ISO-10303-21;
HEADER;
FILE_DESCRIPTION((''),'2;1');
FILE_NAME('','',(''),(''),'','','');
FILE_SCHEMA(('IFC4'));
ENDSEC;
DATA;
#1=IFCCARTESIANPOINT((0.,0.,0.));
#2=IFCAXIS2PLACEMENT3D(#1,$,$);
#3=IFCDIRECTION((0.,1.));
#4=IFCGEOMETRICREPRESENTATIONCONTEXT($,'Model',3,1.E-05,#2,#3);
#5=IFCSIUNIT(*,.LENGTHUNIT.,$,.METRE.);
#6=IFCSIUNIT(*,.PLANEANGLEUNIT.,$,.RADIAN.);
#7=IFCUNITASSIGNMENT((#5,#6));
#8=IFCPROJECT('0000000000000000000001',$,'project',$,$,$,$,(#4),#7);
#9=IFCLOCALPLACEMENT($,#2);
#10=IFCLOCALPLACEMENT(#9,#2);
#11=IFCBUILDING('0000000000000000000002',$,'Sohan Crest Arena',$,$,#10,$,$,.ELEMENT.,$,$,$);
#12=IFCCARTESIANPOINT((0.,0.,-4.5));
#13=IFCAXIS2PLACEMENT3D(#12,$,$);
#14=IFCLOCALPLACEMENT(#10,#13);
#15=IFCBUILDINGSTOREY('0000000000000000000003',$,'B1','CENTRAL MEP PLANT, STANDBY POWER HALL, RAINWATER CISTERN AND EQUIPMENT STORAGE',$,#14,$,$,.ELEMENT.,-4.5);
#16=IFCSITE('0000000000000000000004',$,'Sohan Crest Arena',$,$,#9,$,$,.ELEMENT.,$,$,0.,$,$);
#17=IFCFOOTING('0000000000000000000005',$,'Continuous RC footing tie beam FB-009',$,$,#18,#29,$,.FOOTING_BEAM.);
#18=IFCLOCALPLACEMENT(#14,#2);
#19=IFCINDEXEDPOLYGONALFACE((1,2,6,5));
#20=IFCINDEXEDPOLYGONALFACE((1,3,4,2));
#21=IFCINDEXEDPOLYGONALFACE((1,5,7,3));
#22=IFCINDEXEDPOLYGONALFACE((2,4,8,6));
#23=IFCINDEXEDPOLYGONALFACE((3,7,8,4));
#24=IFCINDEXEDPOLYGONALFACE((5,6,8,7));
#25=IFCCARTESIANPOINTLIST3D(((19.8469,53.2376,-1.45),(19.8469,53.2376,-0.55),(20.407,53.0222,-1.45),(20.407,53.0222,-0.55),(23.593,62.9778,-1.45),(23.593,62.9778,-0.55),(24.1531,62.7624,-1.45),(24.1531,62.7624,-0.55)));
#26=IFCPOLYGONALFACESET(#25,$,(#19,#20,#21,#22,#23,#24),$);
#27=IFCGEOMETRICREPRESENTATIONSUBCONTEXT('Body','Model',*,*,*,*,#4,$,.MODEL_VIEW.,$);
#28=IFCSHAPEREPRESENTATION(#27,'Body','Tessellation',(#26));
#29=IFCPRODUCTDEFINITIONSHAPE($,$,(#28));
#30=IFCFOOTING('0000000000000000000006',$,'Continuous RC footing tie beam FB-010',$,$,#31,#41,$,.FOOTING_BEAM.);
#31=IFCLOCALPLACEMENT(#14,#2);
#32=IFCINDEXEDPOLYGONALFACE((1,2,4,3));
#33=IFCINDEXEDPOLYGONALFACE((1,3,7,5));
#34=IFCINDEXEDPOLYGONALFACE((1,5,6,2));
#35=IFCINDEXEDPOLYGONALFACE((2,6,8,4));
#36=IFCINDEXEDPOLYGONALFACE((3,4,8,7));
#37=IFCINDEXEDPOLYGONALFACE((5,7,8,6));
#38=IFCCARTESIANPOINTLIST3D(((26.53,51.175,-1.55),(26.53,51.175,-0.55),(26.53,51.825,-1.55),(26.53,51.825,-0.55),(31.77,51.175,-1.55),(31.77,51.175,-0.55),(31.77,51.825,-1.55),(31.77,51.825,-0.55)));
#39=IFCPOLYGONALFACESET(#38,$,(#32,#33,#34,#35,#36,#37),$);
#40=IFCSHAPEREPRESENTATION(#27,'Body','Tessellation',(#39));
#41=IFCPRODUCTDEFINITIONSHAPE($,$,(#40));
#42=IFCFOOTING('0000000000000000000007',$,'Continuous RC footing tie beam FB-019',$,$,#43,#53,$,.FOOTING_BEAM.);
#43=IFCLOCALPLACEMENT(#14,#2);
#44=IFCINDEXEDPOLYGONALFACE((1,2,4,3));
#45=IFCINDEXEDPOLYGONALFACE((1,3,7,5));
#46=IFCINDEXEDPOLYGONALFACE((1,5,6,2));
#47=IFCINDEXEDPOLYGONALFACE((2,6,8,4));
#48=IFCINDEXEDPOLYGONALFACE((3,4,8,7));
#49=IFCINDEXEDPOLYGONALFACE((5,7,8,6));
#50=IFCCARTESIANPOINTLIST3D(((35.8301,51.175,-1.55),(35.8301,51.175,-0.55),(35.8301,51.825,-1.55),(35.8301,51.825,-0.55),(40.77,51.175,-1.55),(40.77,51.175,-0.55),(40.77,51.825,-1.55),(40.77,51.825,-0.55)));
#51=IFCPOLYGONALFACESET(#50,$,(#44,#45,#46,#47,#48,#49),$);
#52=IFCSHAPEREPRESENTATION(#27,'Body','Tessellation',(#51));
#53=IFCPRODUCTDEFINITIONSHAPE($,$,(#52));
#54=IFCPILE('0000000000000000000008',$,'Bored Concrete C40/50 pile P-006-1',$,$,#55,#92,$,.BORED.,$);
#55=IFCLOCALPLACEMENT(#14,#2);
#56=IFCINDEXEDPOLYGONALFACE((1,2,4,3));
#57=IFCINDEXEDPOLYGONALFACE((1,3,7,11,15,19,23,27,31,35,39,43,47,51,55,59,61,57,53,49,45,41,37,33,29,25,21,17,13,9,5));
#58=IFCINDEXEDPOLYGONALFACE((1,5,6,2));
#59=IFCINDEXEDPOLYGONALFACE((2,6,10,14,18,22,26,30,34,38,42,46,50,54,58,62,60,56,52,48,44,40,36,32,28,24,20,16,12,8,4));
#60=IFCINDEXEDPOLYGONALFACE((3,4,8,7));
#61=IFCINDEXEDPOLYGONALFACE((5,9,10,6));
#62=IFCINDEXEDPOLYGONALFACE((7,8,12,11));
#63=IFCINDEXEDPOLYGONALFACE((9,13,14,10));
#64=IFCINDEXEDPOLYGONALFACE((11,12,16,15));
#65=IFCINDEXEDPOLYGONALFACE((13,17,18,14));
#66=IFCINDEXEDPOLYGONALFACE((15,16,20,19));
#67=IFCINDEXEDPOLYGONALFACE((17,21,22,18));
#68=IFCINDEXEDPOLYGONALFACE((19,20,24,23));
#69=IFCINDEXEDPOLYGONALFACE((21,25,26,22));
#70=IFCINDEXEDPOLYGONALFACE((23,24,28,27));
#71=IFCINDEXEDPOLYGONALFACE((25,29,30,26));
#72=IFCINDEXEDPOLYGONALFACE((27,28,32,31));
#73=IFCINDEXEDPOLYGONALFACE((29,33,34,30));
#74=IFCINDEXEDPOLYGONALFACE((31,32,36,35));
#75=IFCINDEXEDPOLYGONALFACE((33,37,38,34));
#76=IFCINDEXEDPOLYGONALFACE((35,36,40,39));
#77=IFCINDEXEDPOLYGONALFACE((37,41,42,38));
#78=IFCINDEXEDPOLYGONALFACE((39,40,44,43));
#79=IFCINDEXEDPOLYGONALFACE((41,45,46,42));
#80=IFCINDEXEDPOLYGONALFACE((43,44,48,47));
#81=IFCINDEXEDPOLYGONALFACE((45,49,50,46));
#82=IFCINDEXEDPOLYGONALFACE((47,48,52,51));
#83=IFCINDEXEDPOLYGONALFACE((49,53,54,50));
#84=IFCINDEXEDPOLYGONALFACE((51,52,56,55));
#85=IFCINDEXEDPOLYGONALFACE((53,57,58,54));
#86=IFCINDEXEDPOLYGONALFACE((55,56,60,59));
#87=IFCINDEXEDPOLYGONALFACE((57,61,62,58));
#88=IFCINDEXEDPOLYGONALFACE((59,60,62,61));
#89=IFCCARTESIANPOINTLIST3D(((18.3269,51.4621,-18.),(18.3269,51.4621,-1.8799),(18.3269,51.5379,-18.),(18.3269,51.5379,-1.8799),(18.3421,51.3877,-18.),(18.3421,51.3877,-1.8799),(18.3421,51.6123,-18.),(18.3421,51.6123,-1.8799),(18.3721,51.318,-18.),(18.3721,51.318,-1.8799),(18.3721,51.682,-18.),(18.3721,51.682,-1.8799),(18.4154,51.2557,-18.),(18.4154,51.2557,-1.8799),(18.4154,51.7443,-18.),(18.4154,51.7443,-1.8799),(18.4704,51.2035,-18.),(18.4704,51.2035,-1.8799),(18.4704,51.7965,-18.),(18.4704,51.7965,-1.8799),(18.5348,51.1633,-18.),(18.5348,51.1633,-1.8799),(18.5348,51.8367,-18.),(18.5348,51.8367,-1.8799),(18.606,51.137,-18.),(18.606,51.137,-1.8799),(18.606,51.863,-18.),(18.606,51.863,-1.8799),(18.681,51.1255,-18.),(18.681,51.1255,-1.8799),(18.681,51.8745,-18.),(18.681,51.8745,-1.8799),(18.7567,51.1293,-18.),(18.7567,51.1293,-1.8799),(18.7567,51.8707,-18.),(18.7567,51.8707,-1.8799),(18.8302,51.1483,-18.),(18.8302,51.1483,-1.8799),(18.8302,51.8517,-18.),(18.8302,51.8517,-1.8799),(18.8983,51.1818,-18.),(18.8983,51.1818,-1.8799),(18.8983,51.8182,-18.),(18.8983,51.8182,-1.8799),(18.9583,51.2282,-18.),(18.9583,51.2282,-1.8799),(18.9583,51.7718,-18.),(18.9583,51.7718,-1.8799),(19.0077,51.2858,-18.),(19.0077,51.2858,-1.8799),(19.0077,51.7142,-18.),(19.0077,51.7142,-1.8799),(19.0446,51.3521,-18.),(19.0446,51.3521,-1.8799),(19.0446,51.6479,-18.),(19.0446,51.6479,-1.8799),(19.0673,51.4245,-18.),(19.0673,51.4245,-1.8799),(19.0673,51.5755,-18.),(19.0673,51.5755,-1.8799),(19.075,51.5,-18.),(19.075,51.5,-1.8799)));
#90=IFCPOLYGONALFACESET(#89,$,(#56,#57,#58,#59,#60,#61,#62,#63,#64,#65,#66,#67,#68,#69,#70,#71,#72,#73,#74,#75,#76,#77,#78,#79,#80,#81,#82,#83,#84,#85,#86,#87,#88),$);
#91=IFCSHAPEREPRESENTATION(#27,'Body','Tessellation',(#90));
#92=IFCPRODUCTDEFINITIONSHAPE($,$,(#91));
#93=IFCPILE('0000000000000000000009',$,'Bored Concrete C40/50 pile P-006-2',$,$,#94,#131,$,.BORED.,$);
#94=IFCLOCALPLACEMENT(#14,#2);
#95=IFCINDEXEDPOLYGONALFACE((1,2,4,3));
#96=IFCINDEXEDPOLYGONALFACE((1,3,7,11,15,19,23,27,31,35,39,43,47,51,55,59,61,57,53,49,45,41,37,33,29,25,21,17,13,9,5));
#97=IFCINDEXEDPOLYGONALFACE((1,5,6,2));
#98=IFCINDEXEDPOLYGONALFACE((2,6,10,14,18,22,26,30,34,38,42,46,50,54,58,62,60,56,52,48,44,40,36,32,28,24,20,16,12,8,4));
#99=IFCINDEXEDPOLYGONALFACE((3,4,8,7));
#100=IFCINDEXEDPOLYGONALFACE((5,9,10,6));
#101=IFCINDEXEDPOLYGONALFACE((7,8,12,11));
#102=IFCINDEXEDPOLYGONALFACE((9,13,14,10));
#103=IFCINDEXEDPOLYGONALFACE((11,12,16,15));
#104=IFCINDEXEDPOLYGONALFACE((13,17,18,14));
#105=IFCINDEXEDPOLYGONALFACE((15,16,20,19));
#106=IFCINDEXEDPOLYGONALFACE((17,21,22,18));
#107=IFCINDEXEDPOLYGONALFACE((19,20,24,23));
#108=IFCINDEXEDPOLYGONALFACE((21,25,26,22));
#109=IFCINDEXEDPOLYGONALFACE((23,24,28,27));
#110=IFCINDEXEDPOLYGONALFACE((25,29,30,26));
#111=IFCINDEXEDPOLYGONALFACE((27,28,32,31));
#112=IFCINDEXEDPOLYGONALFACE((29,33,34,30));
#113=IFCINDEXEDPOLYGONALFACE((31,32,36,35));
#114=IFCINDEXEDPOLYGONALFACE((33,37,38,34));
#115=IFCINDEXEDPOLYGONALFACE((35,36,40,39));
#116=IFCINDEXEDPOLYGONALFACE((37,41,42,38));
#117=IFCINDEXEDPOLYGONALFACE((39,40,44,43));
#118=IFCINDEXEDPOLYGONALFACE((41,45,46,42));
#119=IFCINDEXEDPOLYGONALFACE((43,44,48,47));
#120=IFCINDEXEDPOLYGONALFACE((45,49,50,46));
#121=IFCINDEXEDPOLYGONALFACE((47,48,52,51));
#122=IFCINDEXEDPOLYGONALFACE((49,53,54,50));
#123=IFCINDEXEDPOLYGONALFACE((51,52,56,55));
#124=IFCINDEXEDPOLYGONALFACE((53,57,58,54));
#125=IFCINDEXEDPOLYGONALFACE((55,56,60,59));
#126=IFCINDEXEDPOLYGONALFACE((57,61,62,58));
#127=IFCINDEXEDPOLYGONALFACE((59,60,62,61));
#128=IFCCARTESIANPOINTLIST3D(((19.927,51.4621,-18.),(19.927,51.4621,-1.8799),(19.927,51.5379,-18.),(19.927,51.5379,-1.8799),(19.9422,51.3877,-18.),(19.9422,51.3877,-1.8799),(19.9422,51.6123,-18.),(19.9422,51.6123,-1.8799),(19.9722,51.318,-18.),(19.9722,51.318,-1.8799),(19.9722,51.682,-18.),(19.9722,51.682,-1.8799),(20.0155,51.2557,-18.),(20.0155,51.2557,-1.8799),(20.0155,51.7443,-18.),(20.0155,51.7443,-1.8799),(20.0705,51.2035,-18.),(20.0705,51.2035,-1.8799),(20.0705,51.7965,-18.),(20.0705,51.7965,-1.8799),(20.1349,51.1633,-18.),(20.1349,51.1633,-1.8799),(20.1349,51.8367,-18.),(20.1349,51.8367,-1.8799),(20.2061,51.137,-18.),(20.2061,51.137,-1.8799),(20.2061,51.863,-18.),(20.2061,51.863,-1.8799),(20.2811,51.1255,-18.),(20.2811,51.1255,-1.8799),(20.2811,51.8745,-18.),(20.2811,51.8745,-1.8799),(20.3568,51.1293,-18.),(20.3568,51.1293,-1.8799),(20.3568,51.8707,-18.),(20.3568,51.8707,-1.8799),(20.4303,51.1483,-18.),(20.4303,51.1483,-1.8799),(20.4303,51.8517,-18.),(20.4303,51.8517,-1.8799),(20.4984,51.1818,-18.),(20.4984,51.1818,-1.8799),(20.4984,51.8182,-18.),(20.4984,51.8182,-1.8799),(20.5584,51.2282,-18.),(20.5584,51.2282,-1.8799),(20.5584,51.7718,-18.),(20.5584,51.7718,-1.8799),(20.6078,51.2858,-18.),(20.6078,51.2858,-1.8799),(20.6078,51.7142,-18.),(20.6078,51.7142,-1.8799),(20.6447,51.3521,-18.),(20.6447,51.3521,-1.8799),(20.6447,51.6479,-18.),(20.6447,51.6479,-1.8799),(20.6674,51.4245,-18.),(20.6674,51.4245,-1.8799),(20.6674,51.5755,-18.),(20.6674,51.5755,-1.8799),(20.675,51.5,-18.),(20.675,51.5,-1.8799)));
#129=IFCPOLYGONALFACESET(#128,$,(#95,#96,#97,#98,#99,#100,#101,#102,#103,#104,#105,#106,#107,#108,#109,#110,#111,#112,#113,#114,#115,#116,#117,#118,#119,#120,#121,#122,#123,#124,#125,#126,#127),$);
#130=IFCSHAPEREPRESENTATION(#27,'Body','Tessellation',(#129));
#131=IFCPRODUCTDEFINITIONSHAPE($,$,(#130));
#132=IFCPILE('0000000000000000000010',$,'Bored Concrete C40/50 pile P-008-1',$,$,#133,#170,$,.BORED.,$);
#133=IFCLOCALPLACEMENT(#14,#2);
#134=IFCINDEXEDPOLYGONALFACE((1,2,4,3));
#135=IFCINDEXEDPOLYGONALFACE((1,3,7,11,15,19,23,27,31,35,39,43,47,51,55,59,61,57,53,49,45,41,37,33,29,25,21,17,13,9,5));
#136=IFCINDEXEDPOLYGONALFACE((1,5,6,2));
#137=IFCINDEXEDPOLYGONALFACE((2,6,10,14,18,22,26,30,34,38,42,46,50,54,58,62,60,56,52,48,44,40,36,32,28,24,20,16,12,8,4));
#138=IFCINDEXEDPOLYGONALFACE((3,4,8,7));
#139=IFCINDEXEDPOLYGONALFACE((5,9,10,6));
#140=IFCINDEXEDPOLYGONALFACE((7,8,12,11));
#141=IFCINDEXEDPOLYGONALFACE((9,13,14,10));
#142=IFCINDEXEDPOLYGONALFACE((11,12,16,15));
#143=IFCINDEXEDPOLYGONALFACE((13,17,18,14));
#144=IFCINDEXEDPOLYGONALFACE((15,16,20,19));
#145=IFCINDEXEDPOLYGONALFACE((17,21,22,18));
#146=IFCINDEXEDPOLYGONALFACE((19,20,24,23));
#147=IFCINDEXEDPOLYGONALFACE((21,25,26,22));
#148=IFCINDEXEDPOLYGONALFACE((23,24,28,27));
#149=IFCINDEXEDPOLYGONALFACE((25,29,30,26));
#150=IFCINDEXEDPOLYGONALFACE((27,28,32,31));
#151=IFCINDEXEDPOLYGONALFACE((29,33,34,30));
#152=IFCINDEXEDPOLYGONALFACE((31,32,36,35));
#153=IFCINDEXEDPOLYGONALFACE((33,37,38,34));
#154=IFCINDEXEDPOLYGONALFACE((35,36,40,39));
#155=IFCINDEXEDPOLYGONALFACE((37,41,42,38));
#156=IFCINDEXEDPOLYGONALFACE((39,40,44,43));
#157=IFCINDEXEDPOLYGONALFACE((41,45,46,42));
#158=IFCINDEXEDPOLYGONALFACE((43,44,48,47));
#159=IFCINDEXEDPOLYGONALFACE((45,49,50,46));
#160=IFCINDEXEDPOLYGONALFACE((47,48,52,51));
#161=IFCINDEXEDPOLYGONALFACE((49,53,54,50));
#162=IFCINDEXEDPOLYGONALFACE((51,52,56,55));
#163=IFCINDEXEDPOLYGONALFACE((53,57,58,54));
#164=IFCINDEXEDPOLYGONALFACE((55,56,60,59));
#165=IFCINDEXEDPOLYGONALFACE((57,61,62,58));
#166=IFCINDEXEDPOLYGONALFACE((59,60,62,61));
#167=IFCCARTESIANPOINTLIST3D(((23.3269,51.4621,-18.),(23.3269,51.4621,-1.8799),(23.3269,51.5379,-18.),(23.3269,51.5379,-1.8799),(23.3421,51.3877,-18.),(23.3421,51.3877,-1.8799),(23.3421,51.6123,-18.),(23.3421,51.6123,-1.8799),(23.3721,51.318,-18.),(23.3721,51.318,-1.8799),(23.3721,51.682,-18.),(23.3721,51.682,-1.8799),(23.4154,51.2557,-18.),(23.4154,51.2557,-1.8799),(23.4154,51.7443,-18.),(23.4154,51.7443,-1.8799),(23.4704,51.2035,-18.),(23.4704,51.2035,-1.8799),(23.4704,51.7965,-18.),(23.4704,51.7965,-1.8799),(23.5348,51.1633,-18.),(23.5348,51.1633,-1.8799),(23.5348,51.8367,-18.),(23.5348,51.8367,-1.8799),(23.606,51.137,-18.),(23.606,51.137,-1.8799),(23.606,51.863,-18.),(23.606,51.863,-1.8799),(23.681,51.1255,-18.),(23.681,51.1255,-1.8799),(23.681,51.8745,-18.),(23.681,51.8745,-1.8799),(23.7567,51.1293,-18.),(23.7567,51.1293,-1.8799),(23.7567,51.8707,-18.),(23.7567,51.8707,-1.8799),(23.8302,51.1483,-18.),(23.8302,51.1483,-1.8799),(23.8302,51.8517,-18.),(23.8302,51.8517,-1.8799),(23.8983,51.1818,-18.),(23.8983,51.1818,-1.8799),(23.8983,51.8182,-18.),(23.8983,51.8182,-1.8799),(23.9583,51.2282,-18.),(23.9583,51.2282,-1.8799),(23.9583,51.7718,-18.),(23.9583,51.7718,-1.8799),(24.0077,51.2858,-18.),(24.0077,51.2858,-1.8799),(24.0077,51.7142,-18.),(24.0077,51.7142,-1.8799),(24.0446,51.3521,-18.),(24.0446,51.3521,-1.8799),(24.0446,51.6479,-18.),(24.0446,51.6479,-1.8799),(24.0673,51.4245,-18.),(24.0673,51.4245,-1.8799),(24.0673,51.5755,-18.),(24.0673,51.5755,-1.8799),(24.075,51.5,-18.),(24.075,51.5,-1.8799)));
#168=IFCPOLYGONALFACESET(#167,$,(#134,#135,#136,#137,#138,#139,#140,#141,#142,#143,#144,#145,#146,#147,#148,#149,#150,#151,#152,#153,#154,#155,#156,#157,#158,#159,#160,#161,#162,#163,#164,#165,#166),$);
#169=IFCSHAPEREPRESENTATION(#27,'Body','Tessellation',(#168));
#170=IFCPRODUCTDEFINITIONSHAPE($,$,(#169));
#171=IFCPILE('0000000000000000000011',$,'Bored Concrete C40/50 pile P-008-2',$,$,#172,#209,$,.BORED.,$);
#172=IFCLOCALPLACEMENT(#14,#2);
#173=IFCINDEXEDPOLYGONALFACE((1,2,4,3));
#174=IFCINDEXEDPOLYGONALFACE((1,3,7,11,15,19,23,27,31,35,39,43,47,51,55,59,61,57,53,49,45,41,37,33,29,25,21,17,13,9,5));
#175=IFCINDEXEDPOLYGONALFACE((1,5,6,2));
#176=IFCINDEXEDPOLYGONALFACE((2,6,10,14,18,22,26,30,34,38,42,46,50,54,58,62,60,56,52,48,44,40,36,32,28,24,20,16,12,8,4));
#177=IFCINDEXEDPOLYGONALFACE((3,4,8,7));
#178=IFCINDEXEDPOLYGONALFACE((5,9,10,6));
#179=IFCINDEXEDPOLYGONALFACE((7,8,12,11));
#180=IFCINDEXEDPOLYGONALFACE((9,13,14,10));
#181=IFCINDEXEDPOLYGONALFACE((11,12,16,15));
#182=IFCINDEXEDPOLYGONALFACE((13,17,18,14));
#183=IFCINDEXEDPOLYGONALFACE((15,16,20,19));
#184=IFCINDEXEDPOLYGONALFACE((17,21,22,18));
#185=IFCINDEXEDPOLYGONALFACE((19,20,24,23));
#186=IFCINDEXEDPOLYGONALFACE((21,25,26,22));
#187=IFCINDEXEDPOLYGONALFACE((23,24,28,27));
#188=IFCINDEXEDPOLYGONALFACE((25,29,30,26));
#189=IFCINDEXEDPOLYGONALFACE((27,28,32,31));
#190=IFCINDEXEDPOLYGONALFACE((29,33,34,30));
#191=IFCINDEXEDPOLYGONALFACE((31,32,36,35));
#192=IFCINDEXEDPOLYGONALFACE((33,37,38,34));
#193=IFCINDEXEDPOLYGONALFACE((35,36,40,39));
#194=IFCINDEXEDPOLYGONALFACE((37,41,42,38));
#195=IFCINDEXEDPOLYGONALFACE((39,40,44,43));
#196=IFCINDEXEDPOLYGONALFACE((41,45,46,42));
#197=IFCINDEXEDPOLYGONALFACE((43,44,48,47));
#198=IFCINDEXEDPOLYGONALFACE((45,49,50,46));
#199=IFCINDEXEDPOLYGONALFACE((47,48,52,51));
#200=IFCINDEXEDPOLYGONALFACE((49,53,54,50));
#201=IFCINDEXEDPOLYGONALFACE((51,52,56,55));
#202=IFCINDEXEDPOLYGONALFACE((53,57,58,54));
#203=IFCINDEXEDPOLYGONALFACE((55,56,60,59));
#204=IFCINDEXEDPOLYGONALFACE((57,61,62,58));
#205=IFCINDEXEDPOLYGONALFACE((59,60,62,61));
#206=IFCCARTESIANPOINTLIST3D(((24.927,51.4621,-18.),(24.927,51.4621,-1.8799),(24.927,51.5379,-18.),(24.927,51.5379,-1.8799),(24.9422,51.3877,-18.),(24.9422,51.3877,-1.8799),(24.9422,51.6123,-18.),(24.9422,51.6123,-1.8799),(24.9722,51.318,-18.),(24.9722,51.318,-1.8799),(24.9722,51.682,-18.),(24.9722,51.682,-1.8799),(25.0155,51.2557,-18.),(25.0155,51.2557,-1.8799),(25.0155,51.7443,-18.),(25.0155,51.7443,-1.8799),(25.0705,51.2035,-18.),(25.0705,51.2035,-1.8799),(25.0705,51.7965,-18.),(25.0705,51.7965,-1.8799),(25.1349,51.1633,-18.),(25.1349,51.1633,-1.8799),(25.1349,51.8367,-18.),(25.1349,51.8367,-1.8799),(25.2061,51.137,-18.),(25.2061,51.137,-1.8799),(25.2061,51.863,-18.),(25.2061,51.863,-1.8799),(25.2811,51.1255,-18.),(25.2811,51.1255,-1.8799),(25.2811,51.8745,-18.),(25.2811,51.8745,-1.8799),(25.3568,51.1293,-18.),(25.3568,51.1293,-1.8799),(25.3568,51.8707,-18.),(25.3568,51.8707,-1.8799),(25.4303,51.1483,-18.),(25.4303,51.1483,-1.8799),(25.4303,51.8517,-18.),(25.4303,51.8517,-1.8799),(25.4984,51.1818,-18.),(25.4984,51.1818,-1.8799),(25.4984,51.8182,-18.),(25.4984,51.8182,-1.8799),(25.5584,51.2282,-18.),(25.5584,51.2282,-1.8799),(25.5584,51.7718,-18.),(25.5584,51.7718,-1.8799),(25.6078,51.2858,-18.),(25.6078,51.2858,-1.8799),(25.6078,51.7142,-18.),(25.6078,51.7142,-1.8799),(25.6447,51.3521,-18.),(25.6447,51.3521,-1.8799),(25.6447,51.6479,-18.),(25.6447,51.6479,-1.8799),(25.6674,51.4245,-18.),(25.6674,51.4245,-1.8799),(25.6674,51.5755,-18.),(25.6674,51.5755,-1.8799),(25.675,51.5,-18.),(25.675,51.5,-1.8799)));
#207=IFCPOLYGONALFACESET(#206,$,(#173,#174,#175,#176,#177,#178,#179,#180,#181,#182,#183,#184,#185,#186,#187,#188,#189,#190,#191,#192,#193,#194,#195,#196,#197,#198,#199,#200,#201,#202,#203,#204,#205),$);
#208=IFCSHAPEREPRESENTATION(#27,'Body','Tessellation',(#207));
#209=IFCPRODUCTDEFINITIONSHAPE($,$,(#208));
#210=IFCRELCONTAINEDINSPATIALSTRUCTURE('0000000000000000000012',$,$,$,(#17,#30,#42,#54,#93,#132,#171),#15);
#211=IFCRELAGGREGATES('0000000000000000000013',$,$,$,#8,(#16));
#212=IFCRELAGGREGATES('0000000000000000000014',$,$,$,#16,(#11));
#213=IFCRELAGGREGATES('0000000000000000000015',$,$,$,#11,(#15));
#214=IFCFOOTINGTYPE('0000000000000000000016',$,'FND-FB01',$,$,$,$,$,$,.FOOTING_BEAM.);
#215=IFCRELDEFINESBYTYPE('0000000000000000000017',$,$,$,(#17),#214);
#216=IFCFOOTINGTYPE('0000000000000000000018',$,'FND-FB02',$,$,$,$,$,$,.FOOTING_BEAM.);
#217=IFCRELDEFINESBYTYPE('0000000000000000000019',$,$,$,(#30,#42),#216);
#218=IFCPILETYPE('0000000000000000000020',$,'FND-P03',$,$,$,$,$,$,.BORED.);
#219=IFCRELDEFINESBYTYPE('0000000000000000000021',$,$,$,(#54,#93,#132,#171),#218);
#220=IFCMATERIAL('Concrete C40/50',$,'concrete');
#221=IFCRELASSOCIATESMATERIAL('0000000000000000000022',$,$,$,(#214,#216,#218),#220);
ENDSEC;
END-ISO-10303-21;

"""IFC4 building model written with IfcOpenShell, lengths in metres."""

from ifc_helpers import new_model, si_unit, direction, frame, origin, origin_2d, place, context, subcontext, project, spatial, rectangle, circle, extrude, material, material_profile, profile_set, type_object, element, save


model = new_model("IFC4")

# Units and contexts
model_context = context("Model", 3, precision=1e-05, world=origin(), true_north=direction((0.0, 1.0)))
body_context = subcontext(model_context, "Body", "Model", "MODEL_VIEW")
ifc_project = project(units=[si_unit("LENGTHUNIT", "METRE"), si_unit("PLANEANGLEUNIT", "RADIAN")], contexts=[model_context])

# Site, building, storey
site_placement = place(None, origin())
site = spatial("IfcSite", under=ifc_project, at=site_placement, Name="Sohan Crest Arena", CompositionType="ELEMENT", RefElevation=0.0)
building_placement = place(site_placement, origin())
building = spatial("IfcBuilding", under=site, at=building_placement, Name="Sohan Crest Arena", CompositionType="ELEMENT")
storey_placement = place(building_placement, frame((0.0, 0.0, -4.5)))
storey = spatial("IfcBuildingStorey", under=building, at=storey_placement, Name="B1", Description="CENTRAL MEP PLANT, STANDBY POWER HALL, RAINWATER CISTERN AND EQUIPMENT STORAGE", CompositionType="ELEMENT", Elevation=-4.5)

# Footings
ifc_material_1 = material(Name="Concrete C40/50", Category="concrete")
ifc_material_profile_1 = material_profile(ifc_material_1, rectangle(XDim=0.6001, YDim=0.8999, at=origin_2d()), Name="RC-FB 600x900")
ifc_profile_set_1 = profile_set([ifc_material_profile_1], Name="Concrete C40/50")
footing_type_1 = type_object("IfcFootingType", Name="FND-FB01", PredefinedType="FOOTING_BEAM", material=ifc_profile_set_1)
footing_1_placement = place(storey_placement, frame((20.127, 53.1299, -1.0), z_axis=(0.358967, 0.93335, 0.0), x_axis=(-0.93335, 0.358967, 0.0)))
element("IfcFooting", 1, at=footing_1_placement, inside=storey, type_object=footing_type_1, Name="Continuous RC footing tie beam FB-009", PredefinedType="FOOTING_BEAM", context=body_context, shape_type="SweptSolid", body=[
    extrude(rectangle(XDim=0.6001, YDim=0.8999, at=origin_2d()), origin(), (0.0, 0.0, 1.0), 10.4358),
])
ifc_material_profile_2 = material_profile(ifc_material_1, rectangle(XDim=0.6499, YDim=1.0, at=origin_2d()), Name="RC-FB 650x1000")
ifc_profile_set_2 = profile_set([ifc_material_profile_2], Name="Concrete C40/50")
footing_type_2 = type_object("IfcFootingType", Name="FND-FB02", PredefinedType="FOOTING_BEAM", material=ifc_profile_set_2)
footing_2_placement = place(storey_placement, frame((26.53, 51.5, -1.05), z_axis=(1.0, 0.0, 0.0), x_axis=(0.0, 1.0, 0.0)))
element("IfcFooting", 2, at=footing_2_placement, inside=storey, type_object=footing_type_2, Name="Continuous RC footing tie beam FB-010", PredefinedType="FOOTING_BEAM", context=body_context, shape_type="SweptSolid", body=[
    extrude(rectangle(XDim=0.6499, YDim=1.0, at=origin_2d()), origin(), (0.0, 0.0, 1.0), 5.24),
])
footing_3_placement = place(storey_placement, frame((35.8301, 51.5, -1.05), z_axis=(1.0, 0.0, 0.0), x_axis=(0.0, 1.0, 0.0)))
element("IfcFooting", 3, at=footing_3_placement, inside=storey, type_object=footing_type_2, Name="Continuous RC footing tie beam FB-019", PredefinedType="FOOTING_BEAM", context=body_context, shape_type="SweptSolid", body=[
    extrude(rectangle(XDim=0.6499, YDim=1.0, at=origin_2d()), origin(), (0.0, 0.0, 1.0), 4.9399),
])

# Piles
ifc_material_profile_3 = material_profile(ifc_material_1, circle(Radius=0.375, at=origin_2d()), Name="PILE D750")
ifc_profile_set_3 = profile_set([ifc_material_profile_3], Name="Concrete C40/50")
pile_type = type_object("IfcPileType", Name="FND-P03", PredefinedType="BORED", material=ifc_profile_set_3)
for number, where, z_axis, x_axis, name in (
    (4, (18.7, 51.5, -18.0), (0.0, 0.0, 1.0), (1.0, 0.0, 0.0), "Bored Concrete C40/50 pile P-006-1"),
    (5, (20.3, 51.5, -18.0), (0.0, 0.0, 1.0), (1.0, 0.0, 0.0), "Bored Concrete C40/50 pile P-006-2"),
    (6, (23.7, 51.5, -18.0), (0.0, 0.0, 1.0), (1.0, 0.0, 0.0), "Bored Concrete C40/50 pile P-008-1"),
    (7, (25.3, 51.5, -18.0), (0.0, 0.0, 1.0), (1.0, 0.0, 0.0), "Bored Concrete C40/50 pile P-008-2"),
):
    element("IfcPile", number, at=place(storey_placement, frame(where, z_axis=z_axis, x_axis=x_axis)), inside=storey, type_object=pile_type, Name=name, PredefinedType="BORED", context=body_context, shape_type="SweptSolid", body=[
        extrude(circle(Radius=0.375, at=origin_2d()), origin(), (0.0, 0.0, 1.0), 16.1201),
    ])

save(model, "model.ifc")
